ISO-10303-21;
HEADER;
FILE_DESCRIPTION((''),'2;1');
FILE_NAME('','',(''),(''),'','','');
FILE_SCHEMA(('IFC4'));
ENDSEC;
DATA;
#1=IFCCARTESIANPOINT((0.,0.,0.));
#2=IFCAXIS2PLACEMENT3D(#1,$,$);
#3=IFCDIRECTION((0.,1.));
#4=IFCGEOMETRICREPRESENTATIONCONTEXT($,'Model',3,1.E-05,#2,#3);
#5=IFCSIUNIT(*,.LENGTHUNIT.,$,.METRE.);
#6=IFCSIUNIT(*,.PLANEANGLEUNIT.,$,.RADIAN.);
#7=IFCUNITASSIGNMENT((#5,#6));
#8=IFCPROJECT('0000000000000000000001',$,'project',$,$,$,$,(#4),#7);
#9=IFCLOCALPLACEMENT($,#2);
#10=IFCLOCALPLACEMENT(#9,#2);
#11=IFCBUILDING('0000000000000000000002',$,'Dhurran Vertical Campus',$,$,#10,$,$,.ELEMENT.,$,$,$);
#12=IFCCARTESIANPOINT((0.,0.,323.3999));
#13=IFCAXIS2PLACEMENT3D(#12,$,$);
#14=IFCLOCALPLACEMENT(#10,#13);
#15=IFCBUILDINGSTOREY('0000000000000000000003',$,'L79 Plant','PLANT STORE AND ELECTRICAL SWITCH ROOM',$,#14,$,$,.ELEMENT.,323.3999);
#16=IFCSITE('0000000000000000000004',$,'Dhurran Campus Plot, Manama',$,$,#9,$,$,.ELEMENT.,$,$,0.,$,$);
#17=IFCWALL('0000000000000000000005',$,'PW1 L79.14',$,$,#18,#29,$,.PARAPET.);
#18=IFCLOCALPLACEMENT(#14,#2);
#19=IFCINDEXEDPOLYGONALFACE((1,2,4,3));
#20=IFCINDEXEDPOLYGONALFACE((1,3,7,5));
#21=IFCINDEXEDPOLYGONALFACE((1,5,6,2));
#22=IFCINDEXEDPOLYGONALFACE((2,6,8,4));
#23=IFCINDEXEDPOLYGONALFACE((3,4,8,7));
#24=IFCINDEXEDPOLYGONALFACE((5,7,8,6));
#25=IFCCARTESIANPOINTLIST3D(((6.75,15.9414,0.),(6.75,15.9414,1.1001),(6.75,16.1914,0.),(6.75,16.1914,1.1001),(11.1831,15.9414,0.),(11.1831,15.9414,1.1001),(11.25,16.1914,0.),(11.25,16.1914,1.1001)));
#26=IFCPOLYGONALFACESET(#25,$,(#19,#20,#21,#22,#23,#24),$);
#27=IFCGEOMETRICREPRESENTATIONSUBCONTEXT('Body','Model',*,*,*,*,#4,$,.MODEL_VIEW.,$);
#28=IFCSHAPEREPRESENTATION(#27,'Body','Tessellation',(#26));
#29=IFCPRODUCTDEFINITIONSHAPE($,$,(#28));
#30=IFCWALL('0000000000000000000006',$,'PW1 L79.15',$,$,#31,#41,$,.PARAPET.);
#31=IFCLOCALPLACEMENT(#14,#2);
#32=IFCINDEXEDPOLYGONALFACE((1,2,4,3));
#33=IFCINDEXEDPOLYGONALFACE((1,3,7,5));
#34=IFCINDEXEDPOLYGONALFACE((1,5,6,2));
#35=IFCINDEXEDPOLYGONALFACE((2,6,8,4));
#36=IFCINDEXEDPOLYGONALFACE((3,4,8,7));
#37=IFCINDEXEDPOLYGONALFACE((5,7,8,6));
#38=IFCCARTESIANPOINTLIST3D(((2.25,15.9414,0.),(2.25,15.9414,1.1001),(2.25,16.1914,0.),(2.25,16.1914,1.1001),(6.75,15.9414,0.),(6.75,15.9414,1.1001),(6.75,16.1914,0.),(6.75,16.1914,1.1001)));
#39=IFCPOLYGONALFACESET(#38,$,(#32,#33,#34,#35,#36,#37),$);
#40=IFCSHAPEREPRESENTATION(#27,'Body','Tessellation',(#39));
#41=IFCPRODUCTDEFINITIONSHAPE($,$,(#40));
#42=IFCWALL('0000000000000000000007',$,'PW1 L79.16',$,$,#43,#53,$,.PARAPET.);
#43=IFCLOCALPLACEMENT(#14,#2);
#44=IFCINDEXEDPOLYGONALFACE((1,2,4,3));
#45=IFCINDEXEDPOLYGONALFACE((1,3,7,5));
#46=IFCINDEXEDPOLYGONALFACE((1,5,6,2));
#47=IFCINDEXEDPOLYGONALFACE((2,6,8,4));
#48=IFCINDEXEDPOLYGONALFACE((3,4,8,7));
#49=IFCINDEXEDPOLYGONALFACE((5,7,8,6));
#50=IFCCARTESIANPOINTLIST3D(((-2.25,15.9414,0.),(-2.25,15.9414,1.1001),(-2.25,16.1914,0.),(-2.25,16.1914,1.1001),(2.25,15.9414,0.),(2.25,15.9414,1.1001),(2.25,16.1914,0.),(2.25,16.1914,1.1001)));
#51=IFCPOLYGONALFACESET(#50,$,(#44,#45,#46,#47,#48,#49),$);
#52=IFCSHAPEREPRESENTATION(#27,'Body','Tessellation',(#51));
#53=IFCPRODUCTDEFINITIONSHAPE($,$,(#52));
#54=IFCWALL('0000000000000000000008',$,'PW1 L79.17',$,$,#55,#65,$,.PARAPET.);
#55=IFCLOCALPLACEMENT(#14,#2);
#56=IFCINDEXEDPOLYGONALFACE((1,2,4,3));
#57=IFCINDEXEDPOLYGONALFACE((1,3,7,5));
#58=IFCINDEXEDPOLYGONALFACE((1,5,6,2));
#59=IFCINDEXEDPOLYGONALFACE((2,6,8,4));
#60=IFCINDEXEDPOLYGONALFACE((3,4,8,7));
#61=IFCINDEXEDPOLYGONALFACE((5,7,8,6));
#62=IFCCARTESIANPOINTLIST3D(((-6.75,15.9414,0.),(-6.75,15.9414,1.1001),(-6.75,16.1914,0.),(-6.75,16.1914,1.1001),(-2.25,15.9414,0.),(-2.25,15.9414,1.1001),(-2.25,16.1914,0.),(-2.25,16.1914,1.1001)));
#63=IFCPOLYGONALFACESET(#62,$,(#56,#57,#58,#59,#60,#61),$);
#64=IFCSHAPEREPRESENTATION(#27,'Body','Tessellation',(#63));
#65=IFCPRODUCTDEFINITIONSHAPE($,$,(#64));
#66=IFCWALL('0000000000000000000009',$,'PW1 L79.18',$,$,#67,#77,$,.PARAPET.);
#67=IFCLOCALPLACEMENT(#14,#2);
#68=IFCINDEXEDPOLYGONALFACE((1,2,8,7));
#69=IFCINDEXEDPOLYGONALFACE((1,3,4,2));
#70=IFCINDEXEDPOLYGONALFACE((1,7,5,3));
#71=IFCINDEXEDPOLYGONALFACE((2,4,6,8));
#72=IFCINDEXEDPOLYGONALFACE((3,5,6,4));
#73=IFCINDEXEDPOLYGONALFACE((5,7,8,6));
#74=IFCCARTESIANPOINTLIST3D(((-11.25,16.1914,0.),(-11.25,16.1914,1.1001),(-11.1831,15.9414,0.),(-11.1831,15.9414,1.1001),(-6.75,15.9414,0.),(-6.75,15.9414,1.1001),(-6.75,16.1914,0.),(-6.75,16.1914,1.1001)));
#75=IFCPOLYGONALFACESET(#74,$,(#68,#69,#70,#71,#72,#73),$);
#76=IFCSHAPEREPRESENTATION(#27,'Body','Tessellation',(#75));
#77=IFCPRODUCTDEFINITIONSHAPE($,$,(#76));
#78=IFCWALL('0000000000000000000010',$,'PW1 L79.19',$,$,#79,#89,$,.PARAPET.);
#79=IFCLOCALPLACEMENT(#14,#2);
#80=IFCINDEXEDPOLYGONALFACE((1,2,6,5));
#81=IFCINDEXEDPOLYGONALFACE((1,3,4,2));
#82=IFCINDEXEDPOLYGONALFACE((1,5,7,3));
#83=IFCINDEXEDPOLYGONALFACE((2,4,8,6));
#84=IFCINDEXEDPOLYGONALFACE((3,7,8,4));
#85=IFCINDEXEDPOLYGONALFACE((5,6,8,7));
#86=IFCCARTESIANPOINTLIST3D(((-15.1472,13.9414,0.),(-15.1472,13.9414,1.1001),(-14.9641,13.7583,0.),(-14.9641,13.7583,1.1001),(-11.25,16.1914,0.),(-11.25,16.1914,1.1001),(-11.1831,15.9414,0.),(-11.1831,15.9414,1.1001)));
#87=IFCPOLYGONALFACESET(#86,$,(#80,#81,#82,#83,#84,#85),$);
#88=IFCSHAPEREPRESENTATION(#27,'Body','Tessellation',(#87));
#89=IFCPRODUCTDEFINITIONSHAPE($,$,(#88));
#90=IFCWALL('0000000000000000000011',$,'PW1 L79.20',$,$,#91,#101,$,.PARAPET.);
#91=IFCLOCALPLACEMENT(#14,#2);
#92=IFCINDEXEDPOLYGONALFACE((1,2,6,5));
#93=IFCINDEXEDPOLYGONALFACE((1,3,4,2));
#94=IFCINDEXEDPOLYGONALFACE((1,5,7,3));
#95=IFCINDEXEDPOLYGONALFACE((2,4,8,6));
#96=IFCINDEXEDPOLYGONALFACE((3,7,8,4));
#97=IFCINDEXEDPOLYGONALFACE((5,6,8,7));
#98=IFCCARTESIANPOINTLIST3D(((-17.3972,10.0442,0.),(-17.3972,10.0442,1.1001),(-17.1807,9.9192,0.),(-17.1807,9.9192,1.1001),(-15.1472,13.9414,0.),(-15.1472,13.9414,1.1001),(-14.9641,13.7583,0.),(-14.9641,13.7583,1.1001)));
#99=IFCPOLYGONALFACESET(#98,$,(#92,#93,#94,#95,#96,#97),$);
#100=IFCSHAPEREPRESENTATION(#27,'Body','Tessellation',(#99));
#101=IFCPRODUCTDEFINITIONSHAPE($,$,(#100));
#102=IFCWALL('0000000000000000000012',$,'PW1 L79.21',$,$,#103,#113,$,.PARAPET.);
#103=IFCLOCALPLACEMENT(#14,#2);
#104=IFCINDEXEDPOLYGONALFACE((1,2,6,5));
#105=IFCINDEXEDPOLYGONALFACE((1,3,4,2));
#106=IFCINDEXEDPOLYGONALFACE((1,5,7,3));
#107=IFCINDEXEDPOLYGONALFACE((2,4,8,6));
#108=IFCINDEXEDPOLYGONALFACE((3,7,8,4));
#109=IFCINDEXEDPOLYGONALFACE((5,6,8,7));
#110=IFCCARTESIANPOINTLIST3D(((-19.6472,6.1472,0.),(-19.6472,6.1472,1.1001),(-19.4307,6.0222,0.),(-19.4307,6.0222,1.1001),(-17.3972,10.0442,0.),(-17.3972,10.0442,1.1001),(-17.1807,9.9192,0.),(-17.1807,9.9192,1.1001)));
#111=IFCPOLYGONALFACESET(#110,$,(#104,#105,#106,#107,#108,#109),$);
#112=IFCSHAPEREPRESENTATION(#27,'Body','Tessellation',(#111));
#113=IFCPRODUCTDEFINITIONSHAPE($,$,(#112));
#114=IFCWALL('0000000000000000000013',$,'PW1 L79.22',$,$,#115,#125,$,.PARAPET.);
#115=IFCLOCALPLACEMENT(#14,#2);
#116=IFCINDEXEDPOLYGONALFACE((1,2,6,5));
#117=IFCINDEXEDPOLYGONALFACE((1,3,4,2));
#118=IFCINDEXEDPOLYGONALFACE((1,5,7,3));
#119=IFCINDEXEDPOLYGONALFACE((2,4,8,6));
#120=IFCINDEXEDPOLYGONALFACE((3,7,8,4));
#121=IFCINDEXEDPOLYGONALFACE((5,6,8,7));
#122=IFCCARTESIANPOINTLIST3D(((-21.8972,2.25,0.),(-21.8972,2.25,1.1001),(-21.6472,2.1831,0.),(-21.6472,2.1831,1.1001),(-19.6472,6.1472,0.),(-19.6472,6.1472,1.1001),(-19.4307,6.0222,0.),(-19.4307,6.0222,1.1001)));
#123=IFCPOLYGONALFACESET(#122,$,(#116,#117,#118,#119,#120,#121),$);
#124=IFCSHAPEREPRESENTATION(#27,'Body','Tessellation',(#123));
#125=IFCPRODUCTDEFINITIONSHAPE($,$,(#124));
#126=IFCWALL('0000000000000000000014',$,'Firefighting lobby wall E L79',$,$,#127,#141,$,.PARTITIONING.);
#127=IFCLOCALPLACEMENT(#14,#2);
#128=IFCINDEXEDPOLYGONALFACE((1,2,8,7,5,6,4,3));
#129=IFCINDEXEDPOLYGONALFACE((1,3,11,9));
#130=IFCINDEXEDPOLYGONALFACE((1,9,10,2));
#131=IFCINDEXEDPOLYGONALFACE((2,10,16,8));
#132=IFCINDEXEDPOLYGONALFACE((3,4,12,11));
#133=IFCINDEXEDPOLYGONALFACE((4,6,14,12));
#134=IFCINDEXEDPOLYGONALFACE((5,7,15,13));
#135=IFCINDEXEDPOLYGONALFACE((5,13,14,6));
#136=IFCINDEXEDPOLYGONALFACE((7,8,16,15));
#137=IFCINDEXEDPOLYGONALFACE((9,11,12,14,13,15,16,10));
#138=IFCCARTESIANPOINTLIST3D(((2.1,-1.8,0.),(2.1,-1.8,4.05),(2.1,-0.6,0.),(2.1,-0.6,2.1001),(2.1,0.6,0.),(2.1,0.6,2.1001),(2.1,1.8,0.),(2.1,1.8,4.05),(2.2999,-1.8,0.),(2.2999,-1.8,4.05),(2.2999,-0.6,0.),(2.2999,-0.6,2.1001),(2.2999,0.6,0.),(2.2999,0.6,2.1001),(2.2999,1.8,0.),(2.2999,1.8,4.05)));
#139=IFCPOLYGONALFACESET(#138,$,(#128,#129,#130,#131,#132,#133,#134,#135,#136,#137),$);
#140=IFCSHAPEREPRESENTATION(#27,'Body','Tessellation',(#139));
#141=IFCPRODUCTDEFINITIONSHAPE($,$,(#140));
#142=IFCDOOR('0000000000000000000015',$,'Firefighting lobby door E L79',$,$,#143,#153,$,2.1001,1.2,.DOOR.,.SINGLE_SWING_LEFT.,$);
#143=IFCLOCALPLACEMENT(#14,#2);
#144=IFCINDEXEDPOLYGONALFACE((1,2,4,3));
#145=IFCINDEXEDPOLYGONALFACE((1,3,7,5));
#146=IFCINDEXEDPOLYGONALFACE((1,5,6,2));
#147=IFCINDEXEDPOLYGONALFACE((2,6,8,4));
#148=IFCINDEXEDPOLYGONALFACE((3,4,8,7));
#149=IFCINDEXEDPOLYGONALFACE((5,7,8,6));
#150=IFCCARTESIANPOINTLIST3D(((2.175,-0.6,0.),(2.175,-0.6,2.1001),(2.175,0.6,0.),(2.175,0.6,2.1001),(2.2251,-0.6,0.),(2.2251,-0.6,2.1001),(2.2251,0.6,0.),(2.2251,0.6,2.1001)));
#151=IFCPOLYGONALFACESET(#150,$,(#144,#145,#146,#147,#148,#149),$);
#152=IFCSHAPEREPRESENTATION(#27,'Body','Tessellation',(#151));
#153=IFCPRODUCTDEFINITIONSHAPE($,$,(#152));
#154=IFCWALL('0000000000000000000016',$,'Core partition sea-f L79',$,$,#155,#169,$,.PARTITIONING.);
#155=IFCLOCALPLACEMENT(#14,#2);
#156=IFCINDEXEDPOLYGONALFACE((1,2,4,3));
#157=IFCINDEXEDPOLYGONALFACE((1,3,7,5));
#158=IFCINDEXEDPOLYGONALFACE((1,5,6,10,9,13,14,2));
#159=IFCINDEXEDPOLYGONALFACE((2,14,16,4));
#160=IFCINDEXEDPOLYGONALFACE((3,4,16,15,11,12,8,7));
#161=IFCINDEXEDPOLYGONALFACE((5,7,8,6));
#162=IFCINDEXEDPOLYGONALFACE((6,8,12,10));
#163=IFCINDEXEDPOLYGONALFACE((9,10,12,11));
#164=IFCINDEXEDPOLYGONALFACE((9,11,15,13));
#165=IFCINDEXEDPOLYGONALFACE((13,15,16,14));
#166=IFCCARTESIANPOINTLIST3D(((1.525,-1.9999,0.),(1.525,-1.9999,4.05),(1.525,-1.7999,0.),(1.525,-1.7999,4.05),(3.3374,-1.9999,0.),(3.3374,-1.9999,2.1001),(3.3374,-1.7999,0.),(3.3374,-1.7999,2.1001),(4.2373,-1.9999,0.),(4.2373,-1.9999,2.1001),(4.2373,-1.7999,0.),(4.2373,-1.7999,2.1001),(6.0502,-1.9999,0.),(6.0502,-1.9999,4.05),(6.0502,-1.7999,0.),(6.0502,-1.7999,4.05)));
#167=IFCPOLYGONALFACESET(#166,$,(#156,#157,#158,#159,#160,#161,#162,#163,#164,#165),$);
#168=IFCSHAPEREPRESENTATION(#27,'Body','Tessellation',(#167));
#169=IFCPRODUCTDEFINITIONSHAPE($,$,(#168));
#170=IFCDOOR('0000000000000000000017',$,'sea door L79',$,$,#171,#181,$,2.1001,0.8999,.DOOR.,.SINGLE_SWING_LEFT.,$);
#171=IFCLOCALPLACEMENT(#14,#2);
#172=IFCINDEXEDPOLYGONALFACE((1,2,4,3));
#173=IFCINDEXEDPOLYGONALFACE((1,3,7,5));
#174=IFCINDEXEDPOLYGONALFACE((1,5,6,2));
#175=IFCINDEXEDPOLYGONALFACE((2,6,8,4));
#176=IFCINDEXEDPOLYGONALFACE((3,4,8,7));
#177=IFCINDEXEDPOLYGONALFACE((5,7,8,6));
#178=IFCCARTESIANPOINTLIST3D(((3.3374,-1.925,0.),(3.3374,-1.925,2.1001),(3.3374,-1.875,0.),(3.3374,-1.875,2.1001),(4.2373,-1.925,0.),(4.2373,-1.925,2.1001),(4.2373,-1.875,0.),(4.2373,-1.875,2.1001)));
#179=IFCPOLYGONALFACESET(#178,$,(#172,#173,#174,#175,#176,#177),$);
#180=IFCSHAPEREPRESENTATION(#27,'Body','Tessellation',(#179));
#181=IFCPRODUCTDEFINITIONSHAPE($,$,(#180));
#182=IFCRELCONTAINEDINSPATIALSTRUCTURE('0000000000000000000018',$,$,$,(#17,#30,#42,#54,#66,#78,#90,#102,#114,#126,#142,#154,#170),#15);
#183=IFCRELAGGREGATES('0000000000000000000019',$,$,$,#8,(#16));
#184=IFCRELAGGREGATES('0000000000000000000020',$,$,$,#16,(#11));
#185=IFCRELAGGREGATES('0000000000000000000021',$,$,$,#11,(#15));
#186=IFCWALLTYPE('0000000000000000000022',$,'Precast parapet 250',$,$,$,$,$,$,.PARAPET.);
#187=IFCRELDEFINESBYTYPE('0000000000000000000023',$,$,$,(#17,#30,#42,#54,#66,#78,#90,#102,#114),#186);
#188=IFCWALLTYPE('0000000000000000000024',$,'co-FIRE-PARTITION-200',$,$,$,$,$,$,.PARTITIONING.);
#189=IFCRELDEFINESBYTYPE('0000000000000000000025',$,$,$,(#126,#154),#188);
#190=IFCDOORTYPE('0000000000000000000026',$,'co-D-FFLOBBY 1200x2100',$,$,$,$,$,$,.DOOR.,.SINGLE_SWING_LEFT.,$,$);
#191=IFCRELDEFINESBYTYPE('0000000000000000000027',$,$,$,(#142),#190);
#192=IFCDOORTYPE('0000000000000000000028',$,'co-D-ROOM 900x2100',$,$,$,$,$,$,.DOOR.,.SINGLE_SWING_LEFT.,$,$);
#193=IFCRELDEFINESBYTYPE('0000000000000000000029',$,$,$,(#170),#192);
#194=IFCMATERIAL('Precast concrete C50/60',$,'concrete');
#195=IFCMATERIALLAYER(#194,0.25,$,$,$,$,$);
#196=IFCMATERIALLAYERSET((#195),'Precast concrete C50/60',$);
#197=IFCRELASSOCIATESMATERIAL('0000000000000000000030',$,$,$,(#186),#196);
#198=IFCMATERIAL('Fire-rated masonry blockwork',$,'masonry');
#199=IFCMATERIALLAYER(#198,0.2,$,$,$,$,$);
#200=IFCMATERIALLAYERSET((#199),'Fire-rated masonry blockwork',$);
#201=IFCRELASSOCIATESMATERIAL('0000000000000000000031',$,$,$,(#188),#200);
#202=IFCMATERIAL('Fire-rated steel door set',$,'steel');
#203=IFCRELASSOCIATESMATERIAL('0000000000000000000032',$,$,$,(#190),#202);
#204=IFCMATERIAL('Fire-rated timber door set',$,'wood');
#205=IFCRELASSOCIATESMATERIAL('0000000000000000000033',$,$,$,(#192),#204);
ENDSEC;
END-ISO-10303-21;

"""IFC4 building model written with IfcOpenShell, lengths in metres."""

from ifc_helpers import new_model, si_unit, direction, frame, frame_2d, origin, place, context, subcontext, project, spatial, polyline, rectangle, outline, extrude, material, layer, layer_set, type_object, element, fill, save


model = new_model("IFC4")

# Units and contexts
model_context = context("Model", 3, precision=1e-05, world=origin(), true_north=direction((0.0, 1.0)))
body_context = subcontext(model_context, "Body", "Model", "MODEL_VIEW")
ifc_project = project(units=[si_unit("LENGTHUNIT", "METRE"), si_unit("PLANEANGLEUNIT", "RADIAN")], contexts=[model_context])

# Site, building, storey
site_placement = place(None, origin())
site = spatial("IfcSite", under=ifc_project, at=site_placement, Name="Dhurran Campus Plot, Manama", CompositionType="ELEMENT", RefElevation=0.0)
building_placement = place(site_placement, origin())
building = spatial("IfcBuilding", under=site, at=building_placement, Name="Dhurran Vertical Campus", CompositionType="ELEMENT")
storey_placement = place(building_placement, frame((0.0, 0.0, 323.3999)))
storey = spatial("IfcBuildingStorey", under=building, at=storey_placement, Name="L79 Plant", Description="PLANT STORE AND ELECTRICAL SWITCH ROOM", CompositionType="ELEMENT", Elevation=323.3999)

# Walls
ifc_material_1 = material(Name="Precast concrete C50/60", Category="concrete")
ifc_layer_1 = layer(ifc_material_1, 0.25)
ifc_layer_set_1 = layer_set([ifc_layer_1], Name="Precast concrete C50/60")
wall_type_1 = type_object("IfcWallType", Name="Precast parapet 250", PredefinedType="PARAPET", material=ifc_layer_set_1)
wall_1_placement = place(storey_placement, origin())
element("IfcWall", 1, at=wall_1_placement, inside=storey, type_object=wall_type_1, Name="PW1 L79.14", PredefinedType="PARAPET", context=body_context, shape_type="SweptSolid", body=[
    extrude(outline(polyline([(11.25, 16.1914), (6.75, 16.1914), (6.75, 15.9414), (11.1831, 15.9414), (11.25, 16.1914)])), origin(), (0.0, 0.0, 1.0), 1.1001),
])
wall_2_placement = place(storey_placement, origin())
element("IfcWall", 2, at=wall_2_placement, inside=storey, type_object=wall_type_1, Name="PW1 L79.15", PredefinedType="PARAPET", context=body_context, shape_type="SweptSolid", body=[
    extrude(outline(polyline([(6.75, 16.1914), (2.25, 16.1914), (2.25, 15.9414), (6.75, 15.9414), (6.75, 16.1914)])), origin(), (0.0, 0.0, 1.0), 1.1001),
])
wall_3_placement = place(storey_placement, origin())
element("IfcWall", 3, at=wall_3_placement, inside=storey, type_object=wall_type_1, Name="PW1 L79.16", PredefinedType="PARAPET", context=body_context, shape_type="SweptSolid", body=[
    extrude(outline(polyline([(2.25, 16.1914), (-2.25, 16.1914), (-2.25, 15.9414), (2.25, 15.9414), (2.25, 16.1914)])), origin(), (0.0, 0.0, 1.0), 1.1001),
])
wall_4_placement = place(storey_placement, origin())
element("IfcWall", 4, at=wall_4_placement, inside=storey, type_object=wall_type_1, Name="PW1 L79.17", PredefinedType="PARAPET", context=body_context, shape_type="SweptSolid", body=[
    extrude(outline(polyline([(-2.25, 16.1914), (-6.75, 16.1914), (-6.75, 15.9414), (-2.25, 15.9414), (-2.25, 16.1914)])), origin(), (0.0, 0.0, 1.0), 1.1001),
])
wall_5_placement = place(storey_placement, origin())
element("IfcWall", 5, at=wall_5_placement, inside=storey, type_object=wall_type_1, Name="PW1 L79.18", PredefinedType="PARAPET", context=body_context, shape_type="SweptSolid", body=[
    extrude(outline(polyline([(-6.75, 16.1914), (-11.25, 16.1914), (-11.1831, 15.9414), (-6.75, 15.9414), (-6.75, 16.1914)])), origin(), (0.0, 0.0, 1.0), 1.1001),
])
wall_6_placement = place(storey_placement, origin())
element("IfcWall", 6, at=wall_6_placement, inside=storey, type_object=wall_type_1, Name="PW1 L79.19", PredefinedType="PARAPET", context=body_context, shape_type="SweptSolid", body=[
    extrude(outline(polyline([(-11.25, 16.1914), (-15.1472, 13.9414), (-14.9641, 13.7583), (-11.1831, 15.9414), (-11.25, 16.1914)])), origin(), (0.0, 0.0, 1.0), 1.1001),
])
wall_7_placement = place(storey_placement, origin())
element("IfcWall", 7, at=wall_7_placement, inside=storey, type_object=wall_type_1, Name="PW1 L79.20", PredefinedType="PARAPET", context=body_context, shape_type="SweptSolid", body=[
    extrude(outline(polyline([(-15.1472, 13.9414), (-17.3972, 10.0442), (-17.1807, 9.9192), (-14.9641, 13.7583), (-15.1472, 13.9414)])), origin(), (0.0, 0.0, 1.0), 1.1001),
])
wall_8_placement = place(storey_placement, origin())
element("IfcWall", 8, at=wall_8_placement, inside=storey, type_object=wall_type_1, Name="PW1 L79.21", PredefinedType="PARAPET", context=body_context, shape_type="SweptSolid", body=[
    extrude(outline(polyline([(-17.3972, 10.0442), (-19.6472, 6.1472), (-19.4307, 6.0222), (-17.1807, 9.9192), (-17.3972, 10.0442)])), origin(), (0.0, 0.0, 1.0), 1.1001),
])
wall_9_placement = place(storey_placement, origin())
element("IfcWall", 9, at=wall_9_placement, inside=storey, type_object=wall_type_1, Name="PW1 L79.22", PredefinedType="PARAPET", context=body_context, shape_type="SweptSolid", body=[
    extrude(outline(polyline([(-19.6472, 6.1472), (-21.8972, 2.25), (-21.6472, 2.1831), (-19.4307, 6.0222), (-19.6472, 6.1472)])), origin(), (0.0, 0.0, 1.0), 1.1001),
])

# Walls, openings, doors
ifc_material_2 = material(Name="Fire-rated masonry blockwork", Category="masonry")
ifc_layer_2 = layer(ifc_material_2, 0.2)
ifc_layer_set_2 = layer_set([ifc_layer_2], Name="Fire-rated masonry blockwork")
wall_type_2 = type_object("IfcWallType", Name="co-FIRE-PARTITION-200", PredefinedType="PARTITIONING", material=ifc_layer_set_2)
wall_10_placement = place(storey_placement, frame((2.2, -1.8, 0.0), z_axis=(0.0, 0.0, 1.0), x_axis=(0.0, 1.0, 0.0)))
wall_10 = element("IfcWall", 10, at=wall_10_placement, inside=storey, type_object=wall_type_2, Name="Firefighting lobby wall E L79", PredefinedType="PARTITIONING", context=body_context, shape_type="SweptSolid", body=[
    extrude(rectangle(XDim=3.6001, YDim=0.2, at=frame_2d((1.8, 0.0))), origin(), (0.0, 0.0, 1.0), 4.05),
])
opening_1_placement = place(wall_10_placement, frame((1.2, 0.0, 0.0)))
opening_1 = element("IfcOpeningElement", 11, at=opening_1_placement, cuts=wall_10, PredefinedType="OPENING", context=body_context, shape_type="SweptSolid", body=[
    extrude(rectangle(XDim=1.2, YDim=2.1001, at=frame_2d((0.6001, 1.05))), frame((0.0, 0.1099, 0.0), z_axis=(0.0, -1.0, 0.0), x_axis=(1.0, 0.0, 0.0)), (0.0, 0.0, 1.0), 0.22),
])
ifc_material_3 = material(Name="Fire-rated steel door set", Category="steel")
door_type_1 = type_object("IfcDoorType", Name="co-D-FFLOBBY 1200x2100", OperationType="SINGLE_SWING_LEFT", PredefinedType="DOOR", material=ifc_material_3)
door_1_placement = place(opening_1_placement, origin())
door_1 = element("IfcDoor", 12, at=door_1_placement, inside=storey, type_object=door_type_1, Name="Firefighting lobby door E L79", OperationType="SINGLE_SWING_LEFT", OverallHeight=2.1001, OverallWidth=1.2, PredefinedType="DOOR", context=body_context, shape_type="SweptSolid", body=[
    extrude(rectangle(XDim=1.2, YDim=2.1001, at=frame_2d((0.6001, 1.05))), frame((0.0, 0.0249, 0.0), z_axis=(0.0, -1.0, 0.0), x_axis=(1.0, 0.0, 0.0)), (0.0, 0.0, 1.0), 0.05),
])
fill(opening_1, door_1)
wall_11_placement = place(storey_placement, frame((1.5249, -1.8999, 0.0), z_axis=(0.0, 0.0, 1.0), x_axis=(1.0, 0.0, 0.0)))
wall_11 = element("IfcWall", 13, at=wall_11_placement, inside=storey, type_object=wall_type_2, Name="Core partition sea-f L79", PredefinedType="PARTITIONING", context=body_context, shape_type="SweptSolid", body=[
    extrude(rectangle(XDim=4.5251, YDim=0.2, at=frame_2d((2.2627, 0.0))), origin(), (0.0, 0.0, 1.0), 4.05),
])
opening_2_placement = place(wall_11_placement, frame((1.8125, 0.0, 0.0)))
opening_2 = element("IfcOpeningElement", 14, at=opening_2_placement, cuts=wall_11, PredefinedType="OPENING", context=body_context, shape_type="SweptSolid", body=[
    extrude(rectangle(XDim=0.8999, YDim=2.1001, at=frame_2d((0.45, 1.05))), frame((0.0, 0.1099, 0.0), z_axis=(0.0, -1.0, 0.0), x_axis=(1.0, 0.0, 0.0)), (0.0, 0.0, 1.0), 0.22),
])
ifc_material_4 = material(Name="Fire-rated timber door set", Category="wood")
door_type_2 = type_object("IfcDoorType", Name="co-D-ROOM 900x2100", OperationType="SINGLE_SWING_LEFT", PredefinedType="DOOR", material=ifc_material_4)
door_2_placement = place(opening_2_placement, origin())
door_2 = element("IfcDoor", 15, at=door_2_placement, inside=storey, type_object=door_type_2, Name="sea door L79", OperationType="SINGLE_SWING_LEFT", OverallHeight=2.1001, OverallWidth=0.8999, PredefinedType="DOOR", context=body_context, shape_type="SweptSolid", body=[
    extrude(rectangle(XDim=0.8999, YDim=2.1001, at=frame_2d((0.45, 1.05))), frame((0.0, 0.0249, 0.0), z_axis=(0.0, -1.0, 0.0), x_axis=(1.0, 0.0, 0.0)), (0.0, 0.0, 1.0), 0.05),
])
fill(opening_2, door_2)

save(model, "model.ifc")
